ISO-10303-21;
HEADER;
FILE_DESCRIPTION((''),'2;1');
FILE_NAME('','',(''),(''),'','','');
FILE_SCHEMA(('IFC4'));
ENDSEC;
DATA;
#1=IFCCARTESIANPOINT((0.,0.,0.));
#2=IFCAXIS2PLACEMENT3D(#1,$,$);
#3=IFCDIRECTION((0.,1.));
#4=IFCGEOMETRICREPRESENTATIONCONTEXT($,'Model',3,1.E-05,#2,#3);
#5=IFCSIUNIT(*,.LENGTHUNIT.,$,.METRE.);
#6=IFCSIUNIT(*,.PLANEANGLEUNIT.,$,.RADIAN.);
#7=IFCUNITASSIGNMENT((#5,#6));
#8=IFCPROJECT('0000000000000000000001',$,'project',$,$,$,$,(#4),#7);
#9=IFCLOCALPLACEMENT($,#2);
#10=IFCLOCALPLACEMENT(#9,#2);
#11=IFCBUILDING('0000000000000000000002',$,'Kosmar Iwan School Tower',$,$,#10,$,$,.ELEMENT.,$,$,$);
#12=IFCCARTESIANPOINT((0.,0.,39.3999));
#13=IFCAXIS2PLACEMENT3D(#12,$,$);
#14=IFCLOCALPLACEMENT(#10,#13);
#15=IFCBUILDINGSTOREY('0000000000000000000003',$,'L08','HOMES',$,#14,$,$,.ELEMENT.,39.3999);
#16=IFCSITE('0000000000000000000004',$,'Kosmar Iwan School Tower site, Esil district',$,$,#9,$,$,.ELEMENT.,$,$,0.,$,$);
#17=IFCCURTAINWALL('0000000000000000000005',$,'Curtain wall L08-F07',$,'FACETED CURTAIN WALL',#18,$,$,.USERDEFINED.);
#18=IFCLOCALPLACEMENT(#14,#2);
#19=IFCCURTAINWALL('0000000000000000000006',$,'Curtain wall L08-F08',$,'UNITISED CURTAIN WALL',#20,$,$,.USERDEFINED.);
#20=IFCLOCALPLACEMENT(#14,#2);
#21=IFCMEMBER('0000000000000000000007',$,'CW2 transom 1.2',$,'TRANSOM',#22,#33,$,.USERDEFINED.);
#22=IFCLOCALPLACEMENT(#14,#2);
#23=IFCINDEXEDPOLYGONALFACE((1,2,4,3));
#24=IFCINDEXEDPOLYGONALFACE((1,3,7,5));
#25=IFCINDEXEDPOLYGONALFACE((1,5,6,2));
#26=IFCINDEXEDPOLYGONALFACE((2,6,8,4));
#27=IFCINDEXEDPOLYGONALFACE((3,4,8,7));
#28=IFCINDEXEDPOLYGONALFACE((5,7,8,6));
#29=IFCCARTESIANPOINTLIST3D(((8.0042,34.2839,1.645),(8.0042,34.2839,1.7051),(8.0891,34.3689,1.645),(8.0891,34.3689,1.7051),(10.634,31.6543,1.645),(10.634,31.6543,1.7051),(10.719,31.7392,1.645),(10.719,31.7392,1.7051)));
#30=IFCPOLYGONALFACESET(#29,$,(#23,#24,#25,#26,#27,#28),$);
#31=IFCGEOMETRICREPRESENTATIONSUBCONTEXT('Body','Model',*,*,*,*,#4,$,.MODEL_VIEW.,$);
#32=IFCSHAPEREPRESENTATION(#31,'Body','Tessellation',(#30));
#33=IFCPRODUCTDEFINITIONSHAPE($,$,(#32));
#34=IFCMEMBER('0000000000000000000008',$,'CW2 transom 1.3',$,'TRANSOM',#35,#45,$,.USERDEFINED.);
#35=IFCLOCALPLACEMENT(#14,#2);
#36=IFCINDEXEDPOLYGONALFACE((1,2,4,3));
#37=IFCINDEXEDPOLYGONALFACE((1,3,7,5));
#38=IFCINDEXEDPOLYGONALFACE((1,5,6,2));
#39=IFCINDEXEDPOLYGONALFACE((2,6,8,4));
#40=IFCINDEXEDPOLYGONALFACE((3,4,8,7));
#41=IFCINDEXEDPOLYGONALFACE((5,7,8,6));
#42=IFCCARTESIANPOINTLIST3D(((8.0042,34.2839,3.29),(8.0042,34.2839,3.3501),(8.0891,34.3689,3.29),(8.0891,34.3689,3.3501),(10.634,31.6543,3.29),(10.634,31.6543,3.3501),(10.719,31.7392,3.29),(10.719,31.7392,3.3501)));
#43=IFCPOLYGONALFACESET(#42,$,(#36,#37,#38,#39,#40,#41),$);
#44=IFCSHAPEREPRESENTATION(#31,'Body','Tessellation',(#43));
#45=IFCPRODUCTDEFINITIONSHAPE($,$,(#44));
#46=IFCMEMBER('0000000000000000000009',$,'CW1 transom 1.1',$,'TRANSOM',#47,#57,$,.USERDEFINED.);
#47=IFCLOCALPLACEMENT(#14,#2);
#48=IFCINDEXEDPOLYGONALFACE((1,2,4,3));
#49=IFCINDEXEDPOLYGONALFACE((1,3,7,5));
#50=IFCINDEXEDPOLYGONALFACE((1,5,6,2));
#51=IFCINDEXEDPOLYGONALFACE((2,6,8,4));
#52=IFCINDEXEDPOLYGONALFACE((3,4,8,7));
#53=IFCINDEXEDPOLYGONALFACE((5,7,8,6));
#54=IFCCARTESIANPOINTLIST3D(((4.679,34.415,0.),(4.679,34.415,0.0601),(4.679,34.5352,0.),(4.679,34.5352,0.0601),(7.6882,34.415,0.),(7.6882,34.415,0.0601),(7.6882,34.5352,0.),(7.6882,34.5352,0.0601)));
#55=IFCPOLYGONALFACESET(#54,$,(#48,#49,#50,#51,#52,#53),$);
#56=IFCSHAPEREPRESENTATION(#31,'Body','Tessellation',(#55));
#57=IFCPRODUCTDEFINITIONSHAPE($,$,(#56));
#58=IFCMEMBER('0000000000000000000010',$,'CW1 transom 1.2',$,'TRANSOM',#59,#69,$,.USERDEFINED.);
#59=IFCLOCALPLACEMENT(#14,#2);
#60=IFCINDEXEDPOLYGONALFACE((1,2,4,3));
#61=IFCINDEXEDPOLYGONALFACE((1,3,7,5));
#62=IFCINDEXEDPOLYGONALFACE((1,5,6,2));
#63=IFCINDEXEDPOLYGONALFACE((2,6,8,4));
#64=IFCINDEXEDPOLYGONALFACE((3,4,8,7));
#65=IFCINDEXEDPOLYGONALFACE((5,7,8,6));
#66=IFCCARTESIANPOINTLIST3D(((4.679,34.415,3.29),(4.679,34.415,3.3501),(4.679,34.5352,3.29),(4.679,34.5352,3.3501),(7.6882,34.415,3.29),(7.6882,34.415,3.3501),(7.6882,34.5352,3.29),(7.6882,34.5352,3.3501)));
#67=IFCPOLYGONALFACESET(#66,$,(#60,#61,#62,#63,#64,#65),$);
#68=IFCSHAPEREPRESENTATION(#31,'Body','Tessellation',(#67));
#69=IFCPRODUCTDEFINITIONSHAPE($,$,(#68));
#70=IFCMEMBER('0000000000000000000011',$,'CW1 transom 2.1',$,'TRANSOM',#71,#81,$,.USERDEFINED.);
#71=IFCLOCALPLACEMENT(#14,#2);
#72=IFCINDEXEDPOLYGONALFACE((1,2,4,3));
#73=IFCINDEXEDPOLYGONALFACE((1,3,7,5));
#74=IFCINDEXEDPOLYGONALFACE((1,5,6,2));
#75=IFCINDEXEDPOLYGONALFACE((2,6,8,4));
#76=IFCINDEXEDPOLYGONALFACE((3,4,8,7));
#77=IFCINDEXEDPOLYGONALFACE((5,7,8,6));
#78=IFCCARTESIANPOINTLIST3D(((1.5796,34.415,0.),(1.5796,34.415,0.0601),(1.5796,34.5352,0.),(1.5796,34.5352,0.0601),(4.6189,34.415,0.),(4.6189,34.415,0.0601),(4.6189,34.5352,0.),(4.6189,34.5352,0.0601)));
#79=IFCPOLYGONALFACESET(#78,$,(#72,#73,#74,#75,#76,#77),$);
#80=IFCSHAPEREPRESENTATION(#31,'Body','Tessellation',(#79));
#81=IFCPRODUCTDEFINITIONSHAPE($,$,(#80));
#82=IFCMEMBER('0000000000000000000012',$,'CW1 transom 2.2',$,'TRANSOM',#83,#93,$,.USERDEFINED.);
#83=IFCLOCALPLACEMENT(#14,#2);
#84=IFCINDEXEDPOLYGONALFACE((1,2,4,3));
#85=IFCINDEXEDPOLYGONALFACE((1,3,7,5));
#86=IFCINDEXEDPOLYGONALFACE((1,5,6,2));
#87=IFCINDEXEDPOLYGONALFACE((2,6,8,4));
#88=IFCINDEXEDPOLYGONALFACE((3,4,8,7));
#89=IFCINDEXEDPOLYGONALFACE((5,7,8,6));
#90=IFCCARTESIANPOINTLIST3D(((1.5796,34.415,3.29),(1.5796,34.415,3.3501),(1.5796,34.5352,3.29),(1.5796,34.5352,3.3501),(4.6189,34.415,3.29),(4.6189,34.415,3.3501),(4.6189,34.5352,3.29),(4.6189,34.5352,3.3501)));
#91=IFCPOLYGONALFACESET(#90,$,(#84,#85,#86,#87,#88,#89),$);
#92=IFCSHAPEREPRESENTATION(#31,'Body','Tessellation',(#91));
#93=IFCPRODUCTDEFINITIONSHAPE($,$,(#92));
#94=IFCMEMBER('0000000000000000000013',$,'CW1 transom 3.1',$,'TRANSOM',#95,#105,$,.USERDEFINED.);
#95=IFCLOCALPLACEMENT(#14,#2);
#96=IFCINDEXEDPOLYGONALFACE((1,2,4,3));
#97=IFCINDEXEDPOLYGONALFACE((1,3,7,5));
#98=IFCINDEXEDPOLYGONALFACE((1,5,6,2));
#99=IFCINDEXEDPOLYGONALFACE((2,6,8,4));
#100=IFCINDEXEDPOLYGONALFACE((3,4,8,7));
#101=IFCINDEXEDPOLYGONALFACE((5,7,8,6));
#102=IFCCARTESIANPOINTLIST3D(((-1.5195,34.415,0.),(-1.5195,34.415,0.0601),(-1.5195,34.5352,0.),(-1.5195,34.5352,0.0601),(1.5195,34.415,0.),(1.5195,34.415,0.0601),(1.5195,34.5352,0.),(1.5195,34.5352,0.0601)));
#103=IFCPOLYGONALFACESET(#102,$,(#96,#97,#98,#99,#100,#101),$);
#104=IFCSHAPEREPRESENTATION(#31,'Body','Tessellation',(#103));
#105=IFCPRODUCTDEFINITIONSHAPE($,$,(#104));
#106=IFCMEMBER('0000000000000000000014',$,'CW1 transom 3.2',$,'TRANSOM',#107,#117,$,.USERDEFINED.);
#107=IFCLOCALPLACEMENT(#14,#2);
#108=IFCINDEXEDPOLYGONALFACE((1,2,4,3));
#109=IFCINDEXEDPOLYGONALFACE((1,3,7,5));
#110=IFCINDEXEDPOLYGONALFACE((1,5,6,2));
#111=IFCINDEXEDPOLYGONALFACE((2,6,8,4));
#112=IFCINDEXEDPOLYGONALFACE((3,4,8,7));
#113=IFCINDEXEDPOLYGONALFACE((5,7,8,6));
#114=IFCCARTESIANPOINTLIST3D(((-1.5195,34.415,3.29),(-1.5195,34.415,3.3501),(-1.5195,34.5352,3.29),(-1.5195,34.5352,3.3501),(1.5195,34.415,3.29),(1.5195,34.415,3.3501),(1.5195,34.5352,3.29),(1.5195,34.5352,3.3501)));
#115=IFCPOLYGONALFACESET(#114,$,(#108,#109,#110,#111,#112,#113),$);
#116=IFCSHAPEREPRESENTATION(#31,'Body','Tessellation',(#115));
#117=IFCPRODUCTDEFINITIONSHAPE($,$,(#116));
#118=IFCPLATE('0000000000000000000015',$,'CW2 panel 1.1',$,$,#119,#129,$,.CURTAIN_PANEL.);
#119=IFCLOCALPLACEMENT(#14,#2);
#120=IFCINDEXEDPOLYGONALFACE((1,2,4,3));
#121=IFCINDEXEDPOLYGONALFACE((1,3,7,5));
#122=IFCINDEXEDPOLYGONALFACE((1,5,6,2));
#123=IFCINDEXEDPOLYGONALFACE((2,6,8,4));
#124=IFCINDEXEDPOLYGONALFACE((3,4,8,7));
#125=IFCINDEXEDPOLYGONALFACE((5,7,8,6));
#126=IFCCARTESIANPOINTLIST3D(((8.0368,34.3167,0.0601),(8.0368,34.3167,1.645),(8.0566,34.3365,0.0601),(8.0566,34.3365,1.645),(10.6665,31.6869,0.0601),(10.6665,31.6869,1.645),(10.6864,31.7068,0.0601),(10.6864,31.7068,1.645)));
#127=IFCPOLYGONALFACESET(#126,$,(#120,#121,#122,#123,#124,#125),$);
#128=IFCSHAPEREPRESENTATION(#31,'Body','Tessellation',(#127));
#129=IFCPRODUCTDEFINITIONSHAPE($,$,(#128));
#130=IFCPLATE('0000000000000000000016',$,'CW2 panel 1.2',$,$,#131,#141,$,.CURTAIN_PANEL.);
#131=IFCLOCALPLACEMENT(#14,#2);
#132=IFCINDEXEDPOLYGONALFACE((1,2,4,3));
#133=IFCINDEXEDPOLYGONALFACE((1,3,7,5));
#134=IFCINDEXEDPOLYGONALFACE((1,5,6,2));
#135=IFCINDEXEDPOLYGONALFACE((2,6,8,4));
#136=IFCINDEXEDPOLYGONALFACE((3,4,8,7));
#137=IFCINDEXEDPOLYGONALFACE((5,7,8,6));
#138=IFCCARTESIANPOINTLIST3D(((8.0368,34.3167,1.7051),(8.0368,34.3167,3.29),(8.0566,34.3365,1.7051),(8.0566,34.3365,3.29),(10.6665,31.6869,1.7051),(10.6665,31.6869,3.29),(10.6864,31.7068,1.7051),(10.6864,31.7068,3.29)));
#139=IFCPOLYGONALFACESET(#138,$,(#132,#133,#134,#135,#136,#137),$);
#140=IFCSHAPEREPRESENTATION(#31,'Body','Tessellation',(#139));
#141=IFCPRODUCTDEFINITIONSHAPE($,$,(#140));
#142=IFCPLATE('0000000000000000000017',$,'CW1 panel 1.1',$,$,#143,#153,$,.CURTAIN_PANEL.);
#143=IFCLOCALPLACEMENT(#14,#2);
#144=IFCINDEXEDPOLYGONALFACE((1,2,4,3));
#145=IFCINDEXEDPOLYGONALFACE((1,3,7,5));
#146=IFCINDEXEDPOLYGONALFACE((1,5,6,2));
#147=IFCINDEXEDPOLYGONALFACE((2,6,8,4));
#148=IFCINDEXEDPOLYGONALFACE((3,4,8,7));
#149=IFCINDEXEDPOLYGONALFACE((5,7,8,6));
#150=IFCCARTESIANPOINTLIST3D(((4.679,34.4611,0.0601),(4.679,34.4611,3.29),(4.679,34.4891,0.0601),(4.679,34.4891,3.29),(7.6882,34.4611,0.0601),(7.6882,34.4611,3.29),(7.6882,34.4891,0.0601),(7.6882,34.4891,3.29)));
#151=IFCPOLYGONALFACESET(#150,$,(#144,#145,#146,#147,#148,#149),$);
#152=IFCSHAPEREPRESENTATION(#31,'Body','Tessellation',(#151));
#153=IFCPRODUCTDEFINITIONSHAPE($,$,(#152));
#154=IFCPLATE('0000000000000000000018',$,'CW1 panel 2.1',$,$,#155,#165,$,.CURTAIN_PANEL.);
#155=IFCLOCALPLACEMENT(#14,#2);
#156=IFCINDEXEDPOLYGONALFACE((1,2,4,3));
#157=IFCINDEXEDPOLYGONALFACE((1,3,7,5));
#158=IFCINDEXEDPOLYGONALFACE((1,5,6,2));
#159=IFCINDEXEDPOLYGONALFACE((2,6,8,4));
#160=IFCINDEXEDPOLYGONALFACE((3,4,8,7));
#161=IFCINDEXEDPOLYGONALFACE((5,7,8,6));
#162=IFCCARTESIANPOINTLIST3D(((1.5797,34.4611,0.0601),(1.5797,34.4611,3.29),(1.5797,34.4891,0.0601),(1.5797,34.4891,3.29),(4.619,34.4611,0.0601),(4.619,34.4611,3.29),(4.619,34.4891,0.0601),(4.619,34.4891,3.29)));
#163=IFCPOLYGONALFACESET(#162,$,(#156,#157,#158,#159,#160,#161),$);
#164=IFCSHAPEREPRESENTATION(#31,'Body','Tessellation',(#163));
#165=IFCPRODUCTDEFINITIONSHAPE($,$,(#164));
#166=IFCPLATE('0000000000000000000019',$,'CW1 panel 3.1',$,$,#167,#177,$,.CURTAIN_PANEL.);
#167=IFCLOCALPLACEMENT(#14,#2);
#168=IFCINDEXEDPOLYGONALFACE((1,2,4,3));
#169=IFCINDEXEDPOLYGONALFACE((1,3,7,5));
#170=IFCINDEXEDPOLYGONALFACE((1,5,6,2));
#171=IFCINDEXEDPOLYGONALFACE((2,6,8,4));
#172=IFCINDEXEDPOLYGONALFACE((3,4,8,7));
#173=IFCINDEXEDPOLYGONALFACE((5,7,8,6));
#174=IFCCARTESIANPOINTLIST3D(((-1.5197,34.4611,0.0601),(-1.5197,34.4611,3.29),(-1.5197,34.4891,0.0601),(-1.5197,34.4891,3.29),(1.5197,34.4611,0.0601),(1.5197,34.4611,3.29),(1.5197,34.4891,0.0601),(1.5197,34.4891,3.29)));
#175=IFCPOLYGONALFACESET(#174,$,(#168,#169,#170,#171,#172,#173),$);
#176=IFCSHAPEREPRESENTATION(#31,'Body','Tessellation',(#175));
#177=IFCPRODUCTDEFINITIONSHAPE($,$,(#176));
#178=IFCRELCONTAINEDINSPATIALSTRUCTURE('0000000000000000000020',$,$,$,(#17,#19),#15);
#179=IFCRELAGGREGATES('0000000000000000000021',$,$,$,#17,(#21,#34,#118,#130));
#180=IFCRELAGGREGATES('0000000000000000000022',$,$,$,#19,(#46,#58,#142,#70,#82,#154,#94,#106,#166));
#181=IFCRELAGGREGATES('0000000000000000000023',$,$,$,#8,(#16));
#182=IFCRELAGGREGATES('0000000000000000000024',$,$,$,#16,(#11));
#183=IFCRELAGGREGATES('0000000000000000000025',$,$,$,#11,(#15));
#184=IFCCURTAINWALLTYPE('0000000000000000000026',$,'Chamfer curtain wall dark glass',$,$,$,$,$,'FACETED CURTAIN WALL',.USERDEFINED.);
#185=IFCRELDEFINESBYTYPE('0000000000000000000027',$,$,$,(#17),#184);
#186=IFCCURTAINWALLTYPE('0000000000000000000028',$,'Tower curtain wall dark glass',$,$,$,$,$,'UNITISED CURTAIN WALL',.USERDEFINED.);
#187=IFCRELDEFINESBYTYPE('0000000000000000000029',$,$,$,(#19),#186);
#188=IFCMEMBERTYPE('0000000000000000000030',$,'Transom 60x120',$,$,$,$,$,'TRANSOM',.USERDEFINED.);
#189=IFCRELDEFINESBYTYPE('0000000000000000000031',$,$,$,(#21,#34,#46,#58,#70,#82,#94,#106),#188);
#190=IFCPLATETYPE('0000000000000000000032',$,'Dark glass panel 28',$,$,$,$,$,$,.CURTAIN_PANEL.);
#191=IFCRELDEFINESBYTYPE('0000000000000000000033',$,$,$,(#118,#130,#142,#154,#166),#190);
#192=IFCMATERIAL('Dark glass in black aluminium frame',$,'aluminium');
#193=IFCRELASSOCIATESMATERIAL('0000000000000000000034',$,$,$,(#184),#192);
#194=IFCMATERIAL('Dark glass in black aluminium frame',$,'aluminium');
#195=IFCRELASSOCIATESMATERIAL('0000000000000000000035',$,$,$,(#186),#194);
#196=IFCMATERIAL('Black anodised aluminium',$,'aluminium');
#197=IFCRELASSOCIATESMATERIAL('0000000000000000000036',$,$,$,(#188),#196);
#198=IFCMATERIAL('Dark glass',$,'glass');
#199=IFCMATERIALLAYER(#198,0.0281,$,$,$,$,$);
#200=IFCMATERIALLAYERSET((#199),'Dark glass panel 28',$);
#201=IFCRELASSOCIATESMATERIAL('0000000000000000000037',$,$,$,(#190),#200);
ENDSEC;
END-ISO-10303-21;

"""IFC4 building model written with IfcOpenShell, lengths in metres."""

from ifc_helpers import new_model, si_unit, direction, frame, origin, origin_2d, place, context, subcontext, project, spatial, rectangle, extrude, material, layer, layer_set, material_profile, profile_set, type_object, element, aggregate, save


model = new_model("IFC4")

# Units and contexts
model_context = context("Model", 3, precision=1e-05, world=origin(), true_north=direction((0.0, 1.0)))
body_context = subcontext(model_context, "Body", "Model", "MODEL_VIEW")
ifc_project = project(units=[si_unit("LENGTHUNIT", "METRE"), si_unit("PLANEANGLEUNIT", "RADIAN")], contexts=[model_context])

# Site, building, storey
site_placement = place(None, origin())
site = spatial("IfcSite", under=ifc_project, at=site_placement, Name="Kosmar Iwan School Tower site, Esil district", CompositionType="ELEMENT", RefElevation=0.0)
building_placement = place(site_placement, origin())
building = spatial("IfcBuilding", under=site, at=building_placement, Name="Kosmar Iwan School Tower", CompositionType="ELEMENT")
storey_placement = place(building_placement, frame((0.0, 0.0, 39.3999)))
storey = spatial("IfcBuildingStorey", under=building, at=storey_placement, Name="L08", Description="HOMES", CompositionType="ELEMENT", Elevation=39.3999)

# Curtain walls
ifc_material_1 = material(Name="Dark glass in black aluminium frame", Category="aluminium")
curtain_wall_type_1 = type_object("IfcCurtainWallType", Name="Chamfer curtain wall dark glass", ElementType="FACETED CURTAIN WALL", PredefinedType="USERDEFINED", material=ifc_material_1)
curtain_wall_1_placement = place(storey_placement, origin())
curtain_wall_1 = element("IfcCurtainWall", 1, at=curtain_wall_1_placement, inside=storey, type_object=curtain_wall_type_1, Name="Curtain wall L08-F07", ObjectType="FACETED CURTAIN WALL", PredefinedType="USERDEFINED")
ifc_material_2 = material(Name="Dark glass in black aluminium frame", Category="aluminium")
curtain_wall_type_2 = type_object("IfcCurtainWallType", Name="Tower curtain wall dark glass", ElementType="UNITISED CURTAIN WALL", PredefinedType="USERDEFINED", material=ifc_material_2)
curtain_wall_2_placement = place(storey_placement, origin())
curtain_wall_2 = element("IfcCurtainWall", 2, at=curtain_wall_2_placement, inside=storey, type_object=curtain_wall_type_2, Name="Curtain wall L08-F08", ObjectType="UNITISED CURTAIN WALL", PredefinedType="USERDEFINED")

# Members
ifc_material_3 = material(Name="Black anodised aluminium", Category="aluminium")
ifc_material_profile_1 = material_profile(ifc_material_3, rectangle(XDim=0.1201, YDim=0.0601, at=origin_2d()), Name="TRANSOM 60x120")
ifc_profile_set_1 = profile_set([ifc_material_profile_1], Name="Black anodised aluminium")
member_type_1 = type_object("IfcMemberType", Name="Transom 60x120", ElementType="TRANSOM", PredefinedType="USERDEFINED", material=ifc_profile_set_1)
member_1_placement = place(storey_placement, frame((10.6765, 31.6968, 1.675), z_axis=(-0.70714, 0.707074, 0.0), x_axis=(-0.707074, -0.70714, 0.0)))
member_1 = element("IfcMember", 3, at=member_1_placement, type_object=member_type_1, Name="CW2 transom 1.2", ObjectType="TRANSOM", PredefinedType="USERDEFINED", context=body_context, shape_type="SweptSolid", body=[
    extrude(rectangle(XDim=0.1201, YDim=0.0601, at=origin_2d()), origin(), (0.0, 0.0, 1.0), 3.719),
])
member_2_placement = place(storey_placement, frame((10.6765, 31.6968, 3.3201), z_axis=(-0.70714, 0.707074, 0.0), x_axis=(-0.707074, -0.70714, 0.0)))
member_2 = element("IfcMember", 4, at=member_2_placement, type_object=member_type_1, Name="CW2 transom 1.3", ObjectType="TRANSOM", PredefinedType="USERDEFINED", context=body_context, shape_type="SweptSolid", body=[
    extrude(rectangle(XDim=0.1201, YDim=0.0601, at=origin_2d()), origin(), (0.0, 0.0, 1.0), 3.719),
])
member_3_placement = place(storey_placement, frame((7.6882, 34.4751, 0.03), z_axis=(-1.0, 0.0, 0.0), x_axis=(0.0, -1.0, 0.0)))
member_3 = element("IfcMember", 5, at=member_3_placement, type_object=member_type_1, Name="CW1 transom 1.1", ObjectType="TRANSOM", PredefinedType="USERDEFINED", context=body_context, shape_type="SweptSolid", body=[
    extrude(rectangle(XDim=0.1201, YDim=0.0601, at=origin_2d()), origin(), (0.0, 0.0, 1.0), 3.0093),
])
member_4_placement = place(storey_placement, frame((7.6882, 34.4751, 3.3201), z_axis=(-1.0, 0.0, 0.0), x_axis=(0.0, -1.0, 0.0)))
member_4 = element("IfcMember", 6, at=member_4_placement, type_object=member_type_1, Name="CW1 transom 1.2", ObjectType="TRANSOM", PredefinedType="USERDEFINED", context=body_context, shape_type="SweptSolid", body=[
    extrude(rectangle(XDim=0.1201, YDim=0.0601, at=origin_2d()), origin(), (0.0, 0.0, 1.0), 3.0093),
])
member_5_placement = place(storey_placement, frame((4.6189, 34.4751, 0.03), z_axis=(-1.0, 0.0, 0.0), x_axis=(0.0, -1.0, 0.0)))
member_5 = element("IfcMember", 7, at=member_5_placement, type_object=member_type_1, Name="CW1 transom 2.1", ObjectType="TRANSOM", PredefinedType="USERDEFINED", context=body_context, shape_type="SweptSolid", body=[
    extrude(rectangle(XDim=0.1201, YDim=0.0601, at=origin_2d()), origin(), (0.0, 0.0, 1.0), 3.0393),
])
member_6_placement = place(storey_placement, frame((4.6189, 34.4751, 3.3201), z_axis=(-1.0, 0.0, 0.0), x_axis=(0.0, -1.0, 0.0)))
member_6 = element("IfcMember", 8, at=member_6_placement, type_object=member_type_1, Name="CW1 transom 2.2", ObjectType="TRANSOM", PredefinedType="USERDEFINED", context=body_context, shape_type="SweptSolid", body=[
    extrude(rectangle(XDim=0.1201, YDim=0.0601, at=origin_2d()), origin(), (0.0, 0.0, 1.0), 3.0393),
])
member_7_placement = place(storey_placement, frame((1.5195, 34.4751, 0.03), z_axis=(-1.0, 0.0, 0.0), x_axis=(0.0, -1.0, 0.0)))
member_7 = element("IfcMember", 9, at=member_7_placement, type_object=member_type_1, Name="CW1 transom 3.1", ObjectType="TRANSOM", PredefinedType="USERDEFINED", context=body_context, shape_type="SweptSolid", body=[
    extrude(rectangle(XDim=0.1201, YDim=0.0601, at=origin_2d()), origin(), (0.0, 0.0, 1.0), 3.0391),
])
member_8_placement = place(storey_placement, frame((1.5195, 34.4751, 3.3201), z_axis=(-1.0, 0.0, 0.0), x_axis=(0.0, -1.0, 0.0)))
member_8 = element("IfcMember", 10, at=member_8_placement, type_object=member_type_1, Name="CW1 transom 3.2", ObjectType="TRANSOM", PredefinedType="USERDEFINED", context=body_context, shape_type="SweptSolid", body=[
    extrude(rectangle(XDim=0.1201, YDim=0.0601, at=origin_2d()), origin(), (0.0, 0.0, 1.0), 3.0391),
])

# Plates
ifc_material_4 = material(Name="Dark glass", Category="glass")
ifc_layer_1 = layer(ifc_material_4, 0.0281)
ifc_layer_set_1 = layer_set([ifc_layer_1], Name="Dark glass panel 28")
plate_type = type_object("IfcPlateType", Name="Dark glass panel 28", PredefinedType="CURTAIN_PANEL", material=ifc_layer_set_1)
plate_1_placement = place(storey_placement, frame((9.3616, 33.0117, 0.0601), z_axis=(0.0, 0.0, 1.0), x_axis=(-0.707107, 0.707107, 0.0)))
plate_1 = element("IfcPlate", 11, at=plate_1_placement, type_object=plate_type, Name="CW2 panel 1.1", PredefinedType="CURTAIN_PANEL", context=body_context, shape_type="SweptSolid", body=[
    extrude(rectangle(XDim=3.719, YDim=0.0281, at=origin_2d()), origin(), (0.0, 0.0, 1.0), 1.585),
])
plate_2_placement = place(storey_placement, frame((9.3616, 33.0117, 1.7051), z_axis=(0.0, 0.0, 1.0), x_axis=(-0.707107, 0.707107, 0.0)))
plate_2 = element("IfcPlate", 12, at=plate_2_placement, type_object=plate_type, Name="CW2 panel 1.2", PredefinedType="CURTAIN_PANEL", context=body_context, shape_type="SweptSolid", body=[
    extrude(rectangle(XDim=3.719, YDim=0.0281, at=origin_2d()), origin(), (0.0, 0.0, 1.0), 1.585),
])
aggregate(curtain_wall_1, [member_1, member_2, plate_1, plate_2])
plate_3_placement = place(storey_placement, frame((6.1836, 34.4751, 0.0601), z_axis=(0.0, 0.0, 1.0), x_axis=(-1.0, 0.0, 0.0)))
plate_3 = element("IfcPlate", 13, at=plate_3_placement, type_object=plate_type, Name="CW1 panel 1.1", PredefinedType="CURTAIN_PANEL", context=body_context, shape_type="SweptSolid", body=[
    extrude(rectangle(XDim=3.0093, YDim=0.0281, at=origin_2d()), origin(), (0.0, 0.0, 1.0), 3.23),
])
plate_4_placement = place(storey_placement, frame((3.0994, 34.4751, 0.0601), z_axis=(0.0, 0.0, 1.0), x_axis=(-1.0, 0.0, 0.0)))
plate_4 = element("IfcPlate", 14, at=plate_4_placement, type_object=plate_type, Name="CW1 panel 2.1", PredefinedType="CURTAIN_PANEL", context=body_context, shape_type="SweptSolid", body=[
    extrude(rectangle(XDim=3.0393, YDim=0.0281, at=origin_2d()), origin(), (0.0, 0.0, 1.0), 3.23),
])
plate_5_placement = place(storey_placement, frame((0.0, 34.4751, 0.0601), z_axis=(0.0, 0.0, 1.0), x_axis=(-1.0, 0.0, 0.0)))
plate_5 = element("IfcPlate", 15, at=plate_5_placement, type_object=plate_type, Name="CW1 panel 3.1", PredefinedType="CURTAIN_PANEL", context=body_context, shape_type="SweptSolid", body=[
    extrude(rectangle(XDim=3.0393, YDim=0.0281, at=origin_2d()), origin(), (0.0, 0.0, 1.0), 3.23),
])
aggregate(curtain_wall_2, [member_3, member_4, plate_3, member_5, member_6, plate_4, member_7, member_8, plate_5])

save(model, "model.ifc")
